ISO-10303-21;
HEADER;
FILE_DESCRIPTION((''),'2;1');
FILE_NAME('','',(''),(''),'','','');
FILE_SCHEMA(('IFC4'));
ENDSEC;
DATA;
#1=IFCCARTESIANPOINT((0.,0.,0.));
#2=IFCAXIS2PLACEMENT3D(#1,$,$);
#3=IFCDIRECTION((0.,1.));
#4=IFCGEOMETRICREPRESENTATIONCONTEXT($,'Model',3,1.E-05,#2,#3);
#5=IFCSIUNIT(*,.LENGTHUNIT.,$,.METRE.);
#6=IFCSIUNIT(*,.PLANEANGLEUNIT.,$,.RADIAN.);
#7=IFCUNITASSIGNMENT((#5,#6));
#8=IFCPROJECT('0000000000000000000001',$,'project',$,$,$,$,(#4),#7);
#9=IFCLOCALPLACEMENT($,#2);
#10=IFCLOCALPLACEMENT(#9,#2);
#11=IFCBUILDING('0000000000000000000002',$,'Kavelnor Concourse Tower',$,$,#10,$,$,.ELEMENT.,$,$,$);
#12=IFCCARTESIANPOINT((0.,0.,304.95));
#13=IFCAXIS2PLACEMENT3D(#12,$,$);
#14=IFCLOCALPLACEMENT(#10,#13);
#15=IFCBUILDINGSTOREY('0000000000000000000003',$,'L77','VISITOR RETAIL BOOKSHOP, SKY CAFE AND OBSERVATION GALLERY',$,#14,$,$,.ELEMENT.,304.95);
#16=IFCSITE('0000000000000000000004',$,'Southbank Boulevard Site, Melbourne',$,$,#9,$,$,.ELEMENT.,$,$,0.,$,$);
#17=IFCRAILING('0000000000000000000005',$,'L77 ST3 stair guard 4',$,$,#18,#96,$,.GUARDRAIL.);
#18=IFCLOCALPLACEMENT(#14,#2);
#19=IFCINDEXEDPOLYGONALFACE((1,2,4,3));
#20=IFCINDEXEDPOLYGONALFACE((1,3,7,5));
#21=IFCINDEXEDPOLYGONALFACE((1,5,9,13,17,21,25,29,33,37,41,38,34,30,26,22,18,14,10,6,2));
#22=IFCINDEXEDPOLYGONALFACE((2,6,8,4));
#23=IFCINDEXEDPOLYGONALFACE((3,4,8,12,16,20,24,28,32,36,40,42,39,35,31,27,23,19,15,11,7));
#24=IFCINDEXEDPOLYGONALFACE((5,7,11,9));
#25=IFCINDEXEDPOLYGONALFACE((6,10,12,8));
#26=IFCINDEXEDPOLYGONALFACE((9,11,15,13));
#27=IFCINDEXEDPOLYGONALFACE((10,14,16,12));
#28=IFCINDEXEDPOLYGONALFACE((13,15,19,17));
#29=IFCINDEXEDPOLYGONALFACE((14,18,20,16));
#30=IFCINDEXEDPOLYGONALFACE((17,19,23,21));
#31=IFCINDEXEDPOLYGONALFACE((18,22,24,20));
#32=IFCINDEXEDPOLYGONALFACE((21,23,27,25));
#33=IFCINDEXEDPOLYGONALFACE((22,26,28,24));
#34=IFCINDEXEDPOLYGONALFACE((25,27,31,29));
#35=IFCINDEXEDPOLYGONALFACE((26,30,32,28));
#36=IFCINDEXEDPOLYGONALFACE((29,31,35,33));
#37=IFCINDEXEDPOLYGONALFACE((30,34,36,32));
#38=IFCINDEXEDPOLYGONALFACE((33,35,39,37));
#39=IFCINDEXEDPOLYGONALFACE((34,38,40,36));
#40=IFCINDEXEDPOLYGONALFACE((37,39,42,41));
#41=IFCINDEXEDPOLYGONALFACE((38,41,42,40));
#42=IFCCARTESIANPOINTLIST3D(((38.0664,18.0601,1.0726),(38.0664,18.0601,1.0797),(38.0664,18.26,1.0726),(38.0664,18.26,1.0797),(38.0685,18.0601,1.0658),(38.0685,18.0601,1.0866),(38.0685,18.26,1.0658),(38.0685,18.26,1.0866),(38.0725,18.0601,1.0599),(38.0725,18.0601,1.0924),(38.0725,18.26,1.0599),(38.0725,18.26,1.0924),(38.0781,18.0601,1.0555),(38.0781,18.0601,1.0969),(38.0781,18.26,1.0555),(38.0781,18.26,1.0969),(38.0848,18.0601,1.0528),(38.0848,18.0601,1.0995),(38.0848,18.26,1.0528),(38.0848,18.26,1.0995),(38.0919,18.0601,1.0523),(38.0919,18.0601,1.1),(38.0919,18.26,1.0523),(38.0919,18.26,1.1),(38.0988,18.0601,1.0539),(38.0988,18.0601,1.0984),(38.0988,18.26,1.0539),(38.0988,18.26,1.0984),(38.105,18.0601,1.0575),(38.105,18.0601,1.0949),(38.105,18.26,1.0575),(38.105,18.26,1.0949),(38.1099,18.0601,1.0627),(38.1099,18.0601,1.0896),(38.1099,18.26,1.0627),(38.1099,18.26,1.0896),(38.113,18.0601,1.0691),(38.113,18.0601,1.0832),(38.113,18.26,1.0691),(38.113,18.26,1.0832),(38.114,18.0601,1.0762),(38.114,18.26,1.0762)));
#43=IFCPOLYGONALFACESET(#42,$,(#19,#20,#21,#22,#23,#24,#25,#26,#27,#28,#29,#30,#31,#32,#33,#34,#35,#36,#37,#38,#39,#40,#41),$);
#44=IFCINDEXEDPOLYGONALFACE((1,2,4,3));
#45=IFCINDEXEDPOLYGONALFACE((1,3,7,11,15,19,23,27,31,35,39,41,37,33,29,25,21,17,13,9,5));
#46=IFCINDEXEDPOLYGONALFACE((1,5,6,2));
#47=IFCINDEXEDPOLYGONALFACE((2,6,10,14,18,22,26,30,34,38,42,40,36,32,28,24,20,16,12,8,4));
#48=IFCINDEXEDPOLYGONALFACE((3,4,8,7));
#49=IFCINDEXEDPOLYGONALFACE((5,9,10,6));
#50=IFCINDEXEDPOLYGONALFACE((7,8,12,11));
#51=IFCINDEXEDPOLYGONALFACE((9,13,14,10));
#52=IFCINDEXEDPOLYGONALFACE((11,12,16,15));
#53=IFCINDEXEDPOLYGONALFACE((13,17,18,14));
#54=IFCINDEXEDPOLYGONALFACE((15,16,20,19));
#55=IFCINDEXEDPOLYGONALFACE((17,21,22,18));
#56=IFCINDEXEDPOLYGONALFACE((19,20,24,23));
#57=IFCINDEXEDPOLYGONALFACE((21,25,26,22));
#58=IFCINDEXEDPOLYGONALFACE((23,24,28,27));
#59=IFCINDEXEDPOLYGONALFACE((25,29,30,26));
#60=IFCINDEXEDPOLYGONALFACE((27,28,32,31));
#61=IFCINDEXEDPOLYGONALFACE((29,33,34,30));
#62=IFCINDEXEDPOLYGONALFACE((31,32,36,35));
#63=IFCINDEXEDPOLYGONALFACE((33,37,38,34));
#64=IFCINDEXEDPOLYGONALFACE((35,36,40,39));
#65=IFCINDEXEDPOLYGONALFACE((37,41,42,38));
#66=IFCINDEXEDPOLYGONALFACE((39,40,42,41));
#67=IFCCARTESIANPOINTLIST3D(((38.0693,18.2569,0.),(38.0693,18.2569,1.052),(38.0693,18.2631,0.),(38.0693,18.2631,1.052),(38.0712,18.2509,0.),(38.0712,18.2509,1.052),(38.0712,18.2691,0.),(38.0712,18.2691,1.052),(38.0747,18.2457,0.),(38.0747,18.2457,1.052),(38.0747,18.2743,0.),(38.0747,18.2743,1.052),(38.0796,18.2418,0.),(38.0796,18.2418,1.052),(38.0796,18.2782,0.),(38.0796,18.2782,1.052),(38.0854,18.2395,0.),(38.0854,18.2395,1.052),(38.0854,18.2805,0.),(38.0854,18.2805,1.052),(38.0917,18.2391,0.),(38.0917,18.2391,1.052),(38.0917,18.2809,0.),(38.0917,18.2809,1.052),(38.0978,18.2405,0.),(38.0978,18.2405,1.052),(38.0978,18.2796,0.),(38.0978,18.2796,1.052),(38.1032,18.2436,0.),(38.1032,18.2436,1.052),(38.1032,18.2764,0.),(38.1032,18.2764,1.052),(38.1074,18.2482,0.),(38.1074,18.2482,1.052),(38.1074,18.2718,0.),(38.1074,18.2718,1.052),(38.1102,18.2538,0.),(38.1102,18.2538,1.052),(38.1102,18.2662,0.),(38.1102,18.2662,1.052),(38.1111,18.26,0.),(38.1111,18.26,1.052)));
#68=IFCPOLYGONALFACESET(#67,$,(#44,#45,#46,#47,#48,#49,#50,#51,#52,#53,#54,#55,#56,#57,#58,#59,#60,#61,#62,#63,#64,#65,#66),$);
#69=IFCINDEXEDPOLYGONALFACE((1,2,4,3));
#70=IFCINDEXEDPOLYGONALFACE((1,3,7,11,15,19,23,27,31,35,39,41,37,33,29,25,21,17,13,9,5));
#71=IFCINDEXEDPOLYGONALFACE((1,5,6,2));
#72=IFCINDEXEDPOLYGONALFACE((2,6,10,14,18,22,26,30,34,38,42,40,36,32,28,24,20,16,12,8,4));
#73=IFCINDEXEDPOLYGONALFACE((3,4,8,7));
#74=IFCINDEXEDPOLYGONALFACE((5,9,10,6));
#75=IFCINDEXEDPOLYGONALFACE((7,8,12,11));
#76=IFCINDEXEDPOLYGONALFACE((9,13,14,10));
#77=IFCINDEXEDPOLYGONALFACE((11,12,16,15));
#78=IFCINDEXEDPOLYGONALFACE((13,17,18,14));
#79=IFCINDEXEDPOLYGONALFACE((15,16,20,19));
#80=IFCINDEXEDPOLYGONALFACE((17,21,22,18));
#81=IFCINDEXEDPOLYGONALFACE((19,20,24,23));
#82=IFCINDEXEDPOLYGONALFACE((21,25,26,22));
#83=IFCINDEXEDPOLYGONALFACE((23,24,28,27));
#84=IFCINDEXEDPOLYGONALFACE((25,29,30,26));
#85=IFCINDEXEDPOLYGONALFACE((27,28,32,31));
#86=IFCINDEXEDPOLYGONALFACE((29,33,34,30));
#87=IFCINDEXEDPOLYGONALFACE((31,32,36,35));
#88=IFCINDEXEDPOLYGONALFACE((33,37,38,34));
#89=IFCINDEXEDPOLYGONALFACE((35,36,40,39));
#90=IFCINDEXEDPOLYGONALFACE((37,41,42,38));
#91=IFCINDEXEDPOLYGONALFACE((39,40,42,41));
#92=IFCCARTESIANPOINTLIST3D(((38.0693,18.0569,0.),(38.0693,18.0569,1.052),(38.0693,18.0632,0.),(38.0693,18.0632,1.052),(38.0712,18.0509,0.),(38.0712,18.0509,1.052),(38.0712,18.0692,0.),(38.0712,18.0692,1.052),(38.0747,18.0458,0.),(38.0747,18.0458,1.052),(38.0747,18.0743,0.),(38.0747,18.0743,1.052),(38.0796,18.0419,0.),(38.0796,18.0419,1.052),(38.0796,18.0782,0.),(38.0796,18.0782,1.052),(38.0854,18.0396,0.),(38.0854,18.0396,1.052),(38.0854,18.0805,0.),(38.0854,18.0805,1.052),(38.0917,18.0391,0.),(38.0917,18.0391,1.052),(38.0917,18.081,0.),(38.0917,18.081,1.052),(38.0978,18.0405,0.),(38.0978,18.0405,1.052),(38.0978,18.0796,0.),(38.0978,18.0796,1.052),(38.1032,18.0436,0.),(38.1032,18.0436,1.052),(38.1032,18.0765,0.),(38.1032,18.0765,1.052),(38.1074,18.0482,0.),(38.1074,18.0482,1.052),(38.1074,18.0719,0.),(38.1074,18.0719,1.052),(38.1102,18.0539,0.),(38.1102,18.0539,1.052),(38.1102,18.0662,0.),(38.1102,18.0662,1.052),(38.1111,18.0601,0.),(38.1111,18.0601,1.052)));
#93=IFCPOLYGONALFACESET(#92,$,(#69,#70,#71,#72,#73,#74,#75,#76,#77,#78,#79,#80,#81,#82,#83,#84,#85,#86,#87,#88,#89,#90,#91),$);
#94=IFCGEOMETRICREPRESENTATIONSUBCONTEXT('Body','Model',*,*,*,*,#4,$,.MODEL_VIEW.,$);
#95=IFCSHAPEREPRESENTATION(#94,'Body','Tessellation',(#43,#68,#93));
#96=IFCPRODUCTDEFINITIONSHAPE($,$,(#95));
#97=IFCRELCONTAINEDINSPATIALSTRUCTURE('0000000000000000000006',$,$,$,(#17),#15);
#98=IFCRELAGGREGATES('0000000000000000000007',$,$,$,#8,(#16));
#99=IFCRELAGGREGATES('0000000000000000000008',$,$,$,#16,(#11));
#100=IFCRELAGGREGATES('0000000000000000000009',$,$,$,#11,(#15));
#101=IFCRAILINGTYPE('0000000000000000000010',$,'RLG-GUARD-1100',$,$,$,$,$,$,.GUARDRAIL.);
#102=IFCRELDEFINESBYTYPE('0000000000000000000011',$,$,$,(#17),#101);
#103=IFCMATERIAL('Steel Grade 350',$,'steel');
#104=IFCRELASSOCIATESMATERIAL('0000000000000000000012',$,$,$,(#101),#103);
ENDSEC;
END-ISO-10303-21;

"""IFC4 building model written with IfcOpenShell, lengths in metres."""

from ifc_helpers import new_model, si_unit, direction, frame, origin, origin_2d, place, context, subcontext, project, spatial, circle, extrude, material, type_object, element, save


model = new_model("IFC4")

# Units and contexts
model_context = context("Model", 3, precision=1e-05, world=origin(), true_north=direction((0.0, 1.0)))
body_context = subcontext(model_context, "Body", "Model", "MODEL_VIEW")
ifc_project = project(units=[si_unit("LENGTHUNIT", "METRE"), si_unit("PLANEANGLEUNIT", "RADIAN")], contexts=[model_context])

# Site, building, storey
site_placement = place(None, origin())
site = spatial("IfcSite", under=ifc_project, at=site_placement, Name="Southbank Boulevard Site, Melbourne", CompositionType="ELEMENT", RefElevation=0.0)
building_placement = place(site_placement, origin())
building = spatial("IfcBuilding", under=site, at=building_placement, Name="Kavelnor Concourse Tower", CompositionType="ELEMENT")
storey_placement = place(building_placement, frame((0.0, 0.0, 304.95)))
storey = spatial("IfcBuildingStorey", under=building, at=storey_placement, Name="L77", Description="VISITOR RETAIL BOOKSHOP, SKY CAFE AND OBSERVATION GALLERY", CompositionType="ELEMENT", Elevation=304.95)

# Shared definitions
ifc_material_1 = material(Name="Steel Grade 350", Category="steel")

# Railing
railing_type_1 = type_object("IfcRailingType", Name="RLG-GUARD-1100", PredefinedType="GUARDRAIL", material=ifc_material_1)
railing_1_placement = place(storey_placement, frame((38.0901, 18.26, 0.0)))
element("IfcRailing", 1, at=railing_1_placement, inside=storey, type_object=railing_type_1, Name="L77 ST3 stair guard 4", PredefinedType="GUARDRAIL", context=body_context, shape_type="SweptSolid", body=[
    extrude(circle(Radius=0.0239, at=origin_2d()), frame((0.0, 0.0, 1.0762), z_axis=(0.0, -1.0, 0.0), x_axis=(1.0, 0.0, 0.0)), (0.0, 0.0, 1.0), 0.2),
    extrude(circle(Radius=0.021, at=origin_2d()), origin(), (0.0, 0.0, 1.0), 1.052),
    extrude(circle(Radius=0.021, at=origin_2d()), frame((0.0, -0.2, 0.0)), (0.0, 0.0, 1.0), 1.052),
])

save(model, "model.ifc")
